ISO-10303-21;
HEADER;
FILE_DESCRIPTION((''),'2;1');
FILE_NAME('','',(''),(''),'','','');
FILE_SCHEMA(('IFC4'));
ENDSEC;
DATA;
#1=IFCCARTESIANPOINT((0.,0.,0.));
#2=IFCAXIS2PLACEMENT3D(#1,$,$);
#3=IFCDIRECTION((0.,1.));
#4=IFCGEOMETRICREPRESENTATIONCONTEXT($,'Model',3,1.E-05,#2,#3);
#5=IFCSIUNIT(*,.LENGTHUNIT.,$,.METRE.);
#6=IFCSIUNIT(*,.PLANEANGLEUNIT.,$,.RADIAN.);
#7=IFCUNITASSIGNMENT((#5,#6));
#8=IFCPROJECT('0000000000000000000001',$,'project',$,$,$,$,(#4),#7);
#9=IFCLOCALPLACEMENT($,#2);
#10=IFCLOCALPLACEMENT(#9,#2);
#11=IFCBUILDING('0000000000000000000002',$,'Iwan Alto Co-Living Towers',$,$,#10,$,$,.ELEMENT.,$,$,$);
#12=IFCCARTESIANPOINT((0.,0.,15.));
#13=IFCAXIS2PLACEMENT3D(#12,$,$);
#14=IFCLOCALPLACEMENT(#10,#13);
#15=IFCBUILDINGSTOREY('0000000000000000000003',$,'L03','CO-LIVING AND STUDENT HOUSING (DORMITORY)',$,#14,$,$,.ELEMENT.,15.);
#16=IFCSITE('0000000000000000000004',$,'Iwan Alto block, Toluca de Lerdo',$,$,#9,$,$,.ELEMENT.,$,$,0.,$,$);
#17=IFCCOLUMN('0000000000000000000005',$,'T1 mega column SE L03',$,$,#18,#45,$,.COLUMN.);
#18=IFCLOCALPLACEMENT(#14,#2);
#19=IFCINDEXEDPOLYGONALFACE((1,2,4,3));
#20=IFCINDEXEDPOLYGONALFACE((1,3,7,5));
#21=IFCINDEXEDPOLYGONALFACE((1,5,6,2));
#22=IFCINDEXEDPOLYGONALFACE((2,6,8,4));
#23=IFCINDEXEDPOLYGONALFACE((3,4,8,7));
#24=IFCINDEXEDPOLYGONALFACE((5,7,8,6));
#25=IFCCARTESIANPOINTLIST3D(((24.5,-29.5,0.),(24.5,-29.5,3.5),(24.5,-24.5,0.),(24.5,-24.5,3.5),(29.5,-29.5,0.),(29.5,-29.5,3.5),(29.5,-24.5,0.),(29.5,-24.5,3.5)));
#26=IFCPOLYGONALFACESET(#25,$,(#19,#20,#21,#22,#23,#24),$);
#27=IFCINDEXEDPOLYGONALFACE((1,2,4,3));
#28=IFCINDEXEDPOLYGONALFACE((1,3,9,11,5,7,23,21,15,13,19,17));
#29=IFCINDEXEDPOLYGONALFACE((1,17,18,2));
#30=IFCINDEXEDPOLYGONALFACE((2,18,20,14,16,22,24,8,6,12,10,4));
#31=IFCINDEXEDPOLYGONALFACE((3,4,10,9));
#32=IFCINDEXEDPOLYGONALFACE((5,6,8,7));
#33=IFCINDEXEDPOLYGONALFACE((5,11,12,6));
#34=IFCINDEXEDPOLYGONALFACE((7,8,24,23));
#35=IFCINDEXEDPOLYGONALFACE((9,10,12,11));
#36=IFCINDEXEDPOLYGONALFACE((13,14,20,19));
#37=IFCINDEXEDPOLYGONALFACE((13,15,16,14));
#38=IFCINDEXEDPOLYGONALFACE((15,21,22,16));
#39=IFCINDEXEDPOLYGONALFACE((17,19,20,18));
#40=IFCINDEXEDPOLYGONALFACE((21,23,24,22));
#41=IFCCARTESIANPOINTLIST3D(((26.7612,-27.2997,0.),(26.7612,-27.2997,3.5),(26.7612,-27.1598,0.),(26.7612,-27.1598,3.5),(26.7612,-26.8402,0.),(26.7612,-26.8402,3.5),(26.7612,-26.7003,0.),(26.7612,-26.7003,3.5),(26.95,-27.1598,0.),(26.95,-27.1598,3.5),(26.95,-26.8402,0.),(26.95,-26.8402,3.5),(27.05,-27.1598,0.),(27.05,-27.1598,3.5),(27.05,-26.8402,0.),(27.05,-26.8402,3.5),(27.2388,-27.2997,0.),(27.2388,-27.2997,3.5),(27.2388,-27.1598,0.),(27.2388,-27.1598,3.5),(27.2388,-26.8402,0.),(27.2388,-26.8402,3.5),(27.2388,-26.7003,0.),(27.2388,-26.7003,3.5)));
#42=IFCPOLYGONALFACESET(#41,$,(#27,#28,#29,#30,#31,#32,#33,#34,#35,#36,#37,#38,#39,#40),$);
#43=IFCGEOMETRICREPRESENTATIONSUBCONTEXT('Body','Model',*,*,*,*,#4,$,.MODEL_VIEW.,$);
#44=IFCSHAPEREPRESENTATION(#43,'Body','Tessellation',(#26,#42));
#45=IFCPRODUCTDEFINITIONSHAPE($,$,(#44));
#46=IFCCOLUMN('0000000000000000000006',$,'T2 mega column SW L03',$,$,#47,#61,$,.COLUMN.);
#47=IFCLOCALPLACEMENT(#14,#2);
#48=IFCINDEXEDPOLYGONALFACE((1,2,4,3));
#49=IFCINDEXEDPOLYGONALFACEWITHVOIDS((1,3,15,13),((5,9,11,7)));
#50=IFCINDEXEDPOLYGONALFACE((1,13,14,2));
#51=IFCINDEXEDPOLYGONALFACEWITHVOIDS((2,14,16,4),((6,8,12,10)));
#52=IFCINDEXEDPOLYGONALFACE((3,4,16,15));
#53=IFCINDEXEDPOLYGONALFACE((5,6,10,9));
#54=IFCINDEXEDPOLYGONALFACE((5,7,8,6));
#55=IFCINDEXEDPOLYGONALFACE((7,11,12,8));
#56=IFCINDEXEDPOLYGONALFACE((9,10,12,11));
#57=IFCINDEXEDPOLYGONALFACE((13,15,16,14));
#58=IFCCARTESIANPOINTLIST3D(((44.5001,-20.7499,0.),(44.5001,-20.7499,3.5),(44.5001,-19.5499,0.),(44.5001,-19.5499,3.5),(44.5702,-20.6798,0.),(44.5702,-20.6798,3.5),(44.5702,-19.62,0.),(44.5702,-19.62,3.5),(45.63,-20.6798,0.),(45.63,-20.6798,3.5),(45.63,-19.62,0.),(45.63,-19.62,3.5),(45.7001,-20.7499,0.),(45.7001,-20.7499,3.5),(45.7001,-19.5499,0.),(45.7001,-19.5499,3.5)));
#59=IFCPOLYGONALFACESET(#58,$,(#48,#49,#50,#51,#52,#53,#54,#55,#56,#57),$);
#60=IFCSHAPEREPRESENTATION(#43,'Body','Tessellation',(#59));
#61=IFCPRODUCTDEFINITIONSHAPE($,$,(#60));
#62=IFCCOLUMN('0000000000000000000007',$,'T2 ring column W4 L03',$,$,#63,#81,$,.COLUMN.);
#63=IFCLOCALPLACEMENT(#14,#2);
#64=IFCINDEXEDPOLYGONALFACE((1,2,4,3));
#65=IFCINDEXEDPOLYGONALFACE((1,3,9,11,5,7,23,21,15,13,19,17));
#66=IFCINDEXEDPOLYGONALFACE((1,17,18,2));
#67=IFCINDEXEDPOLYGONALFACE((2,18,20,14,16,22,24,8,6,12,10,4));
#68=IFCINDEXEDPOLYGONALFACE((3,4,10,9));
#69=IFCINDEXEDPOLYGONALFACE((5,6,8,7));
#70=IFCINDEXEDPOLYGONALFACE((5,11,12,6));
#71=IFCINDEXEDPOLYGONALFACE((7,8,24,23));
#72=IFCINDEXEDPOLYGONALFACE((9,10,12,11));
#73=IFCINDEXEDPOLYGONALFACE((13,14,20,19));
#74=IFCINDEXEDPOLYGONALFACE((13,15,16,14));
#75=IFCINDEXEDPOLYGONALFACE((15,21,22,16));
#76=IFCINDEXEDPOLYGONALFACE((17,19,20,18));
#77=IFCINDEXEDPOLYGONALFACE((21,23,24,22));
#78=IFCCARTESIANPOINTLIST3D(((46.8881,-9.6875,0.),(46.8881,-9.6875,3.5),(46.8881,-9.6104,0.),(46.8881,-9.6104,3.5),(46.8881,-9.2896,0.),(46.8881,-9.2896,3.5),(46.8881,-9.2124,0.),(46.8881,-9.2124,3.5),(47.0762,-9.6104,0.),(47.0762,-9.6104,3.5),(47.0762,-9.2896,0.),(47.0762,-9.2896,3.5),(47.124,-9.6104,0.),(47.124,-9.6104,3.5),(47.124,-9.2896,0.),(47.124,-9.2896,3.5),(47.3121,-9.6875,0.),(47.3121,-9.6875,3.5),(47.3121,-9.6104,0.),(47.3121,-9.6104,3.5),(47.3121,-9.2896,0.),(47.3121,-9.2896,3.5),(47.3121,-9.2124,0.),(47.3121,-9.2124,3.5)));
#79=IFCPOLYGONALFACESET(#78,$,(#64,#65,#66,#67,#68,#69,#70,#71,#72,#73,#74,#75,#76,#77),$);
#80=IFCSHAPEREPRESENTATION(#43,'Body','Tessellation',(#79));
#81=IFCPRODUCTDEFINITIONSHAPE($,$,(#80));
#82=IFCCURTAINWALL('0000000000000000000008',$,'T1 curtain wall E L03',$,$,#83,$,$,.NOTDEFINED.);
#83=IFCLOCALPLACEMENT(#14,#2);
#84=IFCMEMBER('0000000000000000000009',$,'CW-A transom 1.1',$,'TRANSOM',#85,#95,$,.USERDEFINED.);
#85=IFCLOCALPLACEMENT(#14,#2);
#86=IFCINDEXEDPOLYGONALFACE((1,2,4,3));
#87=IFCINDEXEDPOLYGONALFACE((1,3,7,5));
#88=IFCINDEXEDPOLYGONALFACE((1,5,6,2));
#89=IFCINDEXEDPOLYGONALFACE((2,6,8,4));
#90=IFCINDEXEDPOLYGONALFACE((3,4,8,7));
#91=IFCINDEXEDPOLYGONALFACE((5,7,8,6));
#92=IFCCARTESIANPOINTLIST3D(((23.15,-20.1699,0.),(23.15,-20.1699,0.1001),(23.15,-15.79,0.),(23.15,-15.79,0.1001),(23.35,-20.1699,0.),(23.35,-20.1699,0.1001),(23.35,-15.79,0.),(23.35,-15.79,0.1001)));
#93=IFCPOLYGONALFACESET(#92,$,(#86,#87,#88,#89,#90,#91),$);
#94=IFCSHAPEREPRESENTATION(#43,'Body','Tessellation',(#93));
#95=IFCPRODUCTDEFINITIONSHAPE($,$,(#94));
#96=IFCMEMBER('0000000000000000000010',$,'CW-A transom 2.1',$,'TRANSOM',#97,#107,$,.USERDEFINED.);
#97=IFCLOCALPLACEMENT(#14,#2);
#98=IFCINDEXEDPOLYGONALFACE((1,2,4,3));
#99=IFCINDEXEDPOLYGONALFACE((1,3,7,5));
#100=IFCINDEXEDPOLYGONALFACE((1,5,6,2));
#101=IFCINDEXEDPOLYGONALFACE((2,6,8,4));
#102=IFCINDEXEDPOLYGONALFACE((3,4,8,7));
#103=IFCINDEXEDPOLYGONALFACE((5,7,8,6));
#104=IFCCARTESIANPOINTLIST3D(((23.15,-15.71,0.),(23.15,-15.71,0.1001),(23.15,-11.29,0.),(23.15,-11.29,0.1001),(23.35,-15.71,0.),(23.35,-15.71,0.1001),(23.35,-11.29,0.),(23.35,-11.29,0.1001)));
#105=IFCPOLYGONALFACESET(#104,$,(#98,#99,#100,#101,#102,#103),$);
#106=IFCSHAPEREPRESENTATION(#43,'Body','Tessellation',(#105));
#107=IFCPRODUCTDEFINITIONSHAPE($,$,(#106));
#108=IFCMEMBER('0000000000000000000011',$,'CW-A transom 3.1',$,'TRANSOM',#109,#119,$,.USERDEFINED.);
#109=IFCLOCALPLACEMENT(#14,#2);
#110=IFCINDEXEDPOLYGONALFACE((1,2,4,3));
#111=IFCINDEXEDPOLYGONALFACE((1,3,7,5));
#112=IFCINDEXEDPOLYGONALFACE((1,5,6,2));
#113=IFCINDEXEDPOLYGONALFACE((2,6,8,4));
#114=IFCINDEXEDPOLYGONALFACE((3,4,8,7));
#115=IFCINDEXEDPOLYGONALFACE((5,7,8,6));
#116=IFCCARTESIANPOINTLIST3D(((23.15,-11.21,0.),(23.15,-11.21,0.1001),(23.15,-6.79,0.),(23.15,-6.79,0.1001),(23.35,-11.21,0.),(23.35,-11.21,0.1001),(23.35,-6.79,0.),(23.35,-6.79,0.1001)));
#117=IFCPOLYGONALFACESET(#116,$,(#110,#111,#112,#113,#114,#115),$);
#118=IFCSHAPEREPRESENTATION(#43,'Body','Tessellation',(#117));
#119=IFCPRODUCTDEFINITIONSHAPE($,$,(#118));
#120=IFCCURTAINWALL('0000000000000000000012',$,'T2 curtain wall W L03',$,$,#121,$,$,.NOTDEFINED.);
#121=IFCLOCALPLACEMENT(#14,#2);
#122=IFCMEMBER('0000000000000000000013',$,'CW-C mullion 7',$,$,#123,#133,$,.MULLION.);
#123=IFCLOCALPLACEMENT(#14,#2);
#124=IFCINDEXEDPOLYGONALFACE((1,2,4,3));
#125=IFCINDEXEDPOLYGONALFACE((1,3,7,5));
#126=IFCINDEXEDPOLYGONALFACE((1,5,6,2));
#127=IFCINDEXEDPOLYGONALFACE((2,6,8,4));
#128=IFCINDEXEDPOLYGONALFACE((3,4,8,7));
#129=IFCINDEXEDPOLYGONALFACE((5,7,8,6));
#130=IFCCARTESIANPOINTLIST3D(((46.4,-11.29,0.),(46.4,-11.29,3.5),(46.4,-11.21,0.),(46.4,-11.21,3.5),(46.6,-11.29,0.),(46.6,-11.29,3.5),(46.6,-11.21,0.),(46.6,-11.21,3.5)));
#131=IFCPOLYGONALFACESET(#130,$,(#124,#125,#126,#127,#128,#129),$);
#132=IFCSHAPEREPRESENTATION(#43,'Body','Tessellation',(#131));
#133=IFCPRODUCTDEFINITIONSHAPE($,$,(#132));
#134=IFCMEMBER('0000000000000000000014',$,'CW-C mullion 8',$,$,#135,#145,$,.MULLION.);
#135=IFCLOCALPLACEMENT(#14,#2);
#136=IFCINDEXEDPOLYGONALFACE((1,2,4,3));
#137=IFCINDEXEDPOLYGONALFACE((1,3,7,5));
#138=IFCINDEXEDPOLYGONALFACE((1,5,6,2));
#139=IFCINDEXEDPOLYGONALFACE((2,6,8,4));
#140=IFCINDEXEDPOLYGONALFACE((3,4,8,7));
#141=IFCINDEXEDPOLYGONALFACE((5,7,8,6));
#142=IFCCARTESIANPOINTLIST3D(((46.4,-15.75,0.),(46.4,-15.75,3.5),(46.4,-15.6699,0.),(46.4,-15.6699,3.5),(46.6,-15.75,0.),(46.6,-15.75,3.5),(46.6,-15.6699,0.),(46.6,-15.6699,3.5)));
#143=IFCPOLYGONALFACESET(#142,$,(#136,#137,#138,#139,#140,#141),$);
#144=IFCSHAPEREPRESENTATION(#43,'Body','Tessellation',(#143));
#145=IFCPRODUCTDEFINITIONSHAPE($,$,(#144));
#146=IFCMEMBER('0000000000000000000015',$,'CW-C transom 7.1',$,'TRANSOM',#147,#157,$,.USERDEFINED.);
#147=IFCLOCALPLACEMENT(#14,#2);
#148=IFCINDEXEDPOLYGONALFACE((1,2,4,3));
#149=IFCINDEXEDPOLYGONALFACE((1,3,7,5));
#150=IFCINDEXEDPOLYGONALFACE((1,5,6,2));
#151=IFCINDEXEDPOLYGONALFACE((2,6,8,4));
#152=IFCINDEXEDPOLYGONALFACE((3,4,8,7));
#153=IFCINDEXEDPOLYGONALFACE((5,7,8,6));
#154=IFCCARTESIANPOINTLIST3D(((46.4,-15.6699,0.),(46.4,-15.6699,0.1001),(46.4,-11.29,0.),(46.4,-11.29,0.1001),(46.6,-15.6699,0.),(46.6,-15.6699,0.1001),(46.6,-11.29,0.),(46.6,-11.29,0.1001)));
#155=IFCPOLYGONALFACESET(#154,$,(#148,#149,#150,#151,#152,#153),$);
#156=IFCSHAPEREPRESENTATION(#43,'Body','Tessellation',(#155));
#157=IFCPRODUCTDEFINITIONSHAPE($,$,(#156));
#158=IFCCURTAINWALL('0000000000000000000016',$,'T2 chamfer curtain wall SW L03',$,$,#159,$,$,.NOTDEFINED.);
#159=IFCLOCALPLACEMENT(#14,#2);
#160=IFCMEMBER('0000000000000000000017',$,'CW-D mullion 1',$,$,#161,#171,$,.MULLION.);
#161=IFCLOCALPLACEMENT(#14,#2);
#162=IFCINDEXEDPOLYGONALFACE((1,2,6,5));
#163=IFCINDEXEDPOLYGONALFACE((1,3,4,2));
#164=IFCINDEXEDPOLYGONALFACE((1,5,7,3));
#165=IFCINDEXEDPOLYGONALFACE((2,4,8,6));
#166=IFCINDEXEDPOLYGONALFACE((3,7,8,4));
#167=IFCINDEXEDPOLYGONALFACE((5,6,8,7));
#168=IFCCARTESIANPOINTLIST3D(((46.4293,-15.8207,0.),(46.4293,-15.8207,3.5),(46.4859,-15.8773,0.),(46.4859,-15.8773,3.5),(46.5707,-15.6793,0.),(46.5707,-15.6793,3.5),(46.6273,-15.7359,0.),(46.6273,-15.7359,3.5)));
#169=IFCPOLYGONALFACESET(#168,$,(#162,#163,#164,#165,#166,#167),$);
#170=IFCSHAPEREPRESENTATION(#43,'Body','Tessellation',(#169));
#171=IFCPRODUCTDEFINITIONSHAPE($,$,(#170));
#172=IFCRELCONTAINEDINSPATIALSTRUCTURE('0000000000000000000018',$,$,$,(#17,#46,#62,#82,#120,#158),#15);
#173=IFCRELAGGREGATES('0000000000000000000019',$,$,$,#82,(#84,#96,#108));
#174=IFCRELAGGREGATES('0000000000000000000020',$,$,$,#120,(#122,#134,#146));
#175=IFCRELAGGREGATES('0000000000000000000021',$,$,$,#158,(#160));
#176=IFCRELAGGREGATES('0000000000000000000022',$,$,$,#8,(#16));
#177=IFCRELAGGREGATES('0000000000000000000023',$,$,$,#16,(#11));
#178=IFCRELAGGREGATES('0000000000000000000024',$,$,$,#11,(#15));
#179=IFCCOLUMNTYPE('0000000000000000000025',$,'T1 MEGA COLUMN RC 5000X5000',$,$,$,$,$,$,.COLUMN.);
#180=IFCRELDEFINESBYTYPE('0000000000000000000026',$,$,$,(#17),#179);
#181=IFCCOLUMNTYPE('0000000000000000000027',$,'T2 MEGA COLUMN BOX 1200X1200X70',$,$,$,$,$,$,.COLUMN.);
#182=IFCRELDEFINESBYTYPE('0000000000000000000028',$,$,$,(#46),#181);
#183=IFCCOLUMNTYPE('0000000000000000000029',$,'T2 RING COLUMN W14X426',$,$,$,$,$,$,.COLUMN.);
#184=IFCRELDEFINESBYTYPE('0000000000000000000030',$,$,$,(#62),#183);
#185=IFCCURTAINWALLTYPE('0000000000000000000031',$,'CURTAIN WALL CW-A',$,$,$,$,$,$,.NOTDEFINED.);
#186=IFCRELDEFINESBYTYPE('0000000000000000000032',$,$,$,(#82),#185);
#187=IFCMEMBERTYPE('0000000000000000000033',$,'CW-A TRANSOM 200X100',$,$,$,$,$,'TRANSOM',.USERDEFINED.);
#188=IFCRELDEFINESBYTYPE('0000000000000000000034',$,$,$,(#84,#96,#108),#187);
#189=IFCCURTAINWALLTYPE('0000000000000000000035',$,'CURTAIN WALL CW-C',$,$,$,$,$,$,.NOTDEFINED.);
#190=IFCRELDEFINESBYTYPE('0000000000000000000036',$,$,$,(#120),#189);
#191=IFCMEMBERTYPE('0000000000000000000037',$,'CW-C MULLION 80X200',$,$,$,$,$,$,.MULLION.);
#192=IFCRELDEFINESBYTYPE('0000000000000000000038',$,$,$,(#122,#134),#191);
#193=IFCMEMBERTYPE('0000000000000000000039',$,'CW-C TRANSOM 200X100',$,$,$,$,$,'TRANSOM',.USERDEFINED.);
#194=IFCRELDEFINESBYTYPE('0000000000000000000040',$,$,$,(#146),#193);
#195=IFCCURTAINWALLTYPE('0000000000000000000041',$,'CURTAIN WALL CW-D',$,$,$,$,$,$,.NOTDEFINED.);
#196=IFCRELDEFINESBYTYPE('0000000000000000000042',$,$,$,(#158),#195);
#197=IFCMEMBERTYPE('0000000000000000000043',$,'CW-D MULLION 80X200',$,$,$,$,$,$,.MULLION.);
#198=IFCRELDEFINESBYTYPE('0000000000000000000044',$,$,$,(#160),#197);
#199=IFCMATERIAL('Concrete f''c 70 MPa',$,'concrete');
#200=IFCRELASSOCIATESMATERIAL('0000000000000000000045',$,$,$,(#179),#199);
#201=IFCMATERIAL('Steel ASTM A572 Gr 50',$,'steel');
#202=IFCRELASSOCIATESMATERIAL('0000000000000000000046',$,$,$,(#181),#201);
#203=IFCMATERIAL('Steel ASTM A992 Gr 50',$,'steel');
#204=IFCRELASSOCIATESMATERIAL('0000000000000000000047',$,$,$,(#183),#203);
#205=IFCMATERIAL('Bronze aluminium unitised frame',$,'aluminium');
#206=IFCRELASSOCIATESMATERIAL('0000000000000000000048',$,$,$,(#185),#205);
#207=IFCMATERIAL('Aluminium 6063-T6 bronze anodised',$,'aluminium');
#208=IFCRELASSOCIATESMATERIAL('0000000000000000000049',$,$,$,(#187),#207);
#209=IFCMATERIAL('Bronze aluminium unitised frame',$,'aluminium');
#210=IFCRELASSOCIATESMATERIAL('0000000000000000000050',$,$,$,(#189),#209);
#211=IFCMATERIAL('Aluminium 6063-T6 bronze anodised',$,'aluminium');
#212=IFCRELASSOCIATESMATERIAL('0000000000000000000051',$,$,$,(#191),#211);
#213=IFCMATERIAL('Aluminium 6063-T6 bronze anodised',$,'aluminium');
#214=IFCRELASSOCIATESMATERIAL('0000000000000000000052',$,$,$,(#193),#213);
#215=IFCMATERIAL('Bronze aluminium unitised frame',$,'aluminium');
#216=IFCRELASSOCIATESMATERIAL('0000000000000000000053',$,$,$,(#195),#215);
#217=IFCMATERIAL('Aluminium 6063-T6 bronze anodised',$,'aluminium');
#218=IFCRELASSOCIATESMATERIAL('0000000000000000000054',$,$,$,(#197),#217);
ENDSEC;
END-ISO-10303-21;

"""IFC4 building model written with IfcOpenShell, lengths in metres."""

from ifc_helpers import new_model, si_unit, direction, frame, origin, origin_2d, place, context, subcontext, project, spatial, rectangle, hollow_rectangle, i_section, extrude, material, material_profile, profile_set, type_object, element, aggregate, save


model = new_model("IFC4")

# Units and contexts
model_context = context("Model", 3, precision=1e-05, world=origin(), true_north=direction((0.0, 1.0)))
body_context = subcontext(model_context, "Body", "Model", "MODEL_VIEW")
ifc_project = project(units=[si_unit("LENGTHUNIT", "METRE"), si_unit("PLANEANGLEUNIT", "RADIAN")], contexts=[model_context])

# Site, building, storey
site_placement = place(None, origin())
site = spatial("IfcSite", under=ifc_project, at=site_placement, Name="Iwan Alto block, Toluca de Lerdo", CompositionType="ELEMENT", RefElevation=0.0)
building_placement = place(site_placement, origin())
building = spatial("IfcBuilding", under=site, at=building_placement, Name="Iwan Alto Co-Living Towers", CompositionType="ELEMENT")
storey_placement = place(building_placement, frame((0.0, 0.0, 15.0)))
storey = spatial("IfcBuildingStorey", under=building, at=storey_placement, Name="L03", Description="CO-LIVING AND STUDENT HOUSING (DORMITORY)", CompositionType="ELEMENT", Elevation=15.0)

# Columns
ifc_material_1 = material(Name="Concrete f'c 70 MPa", Category="concrete")
ifc_material_profile_1 = material_profile(ifc_material_1, rectangle(XDim=5.0, YDim=5.0, at=origin_2d()), Name="RC 5000X5000")
ifc_profile_set_1 = profile_set([ifc_material_profile_1], Name="Concrete f'c 70 MPa")
column_type_1 = type_object("IfcColumnType", Name="T1 MEGA COLUMN RC 5000X5000", PredefinedType="COLUMN", material=ifc_profile_set_1)
column_1_placement = place(storey_placement, frame((27.0, -27.0, 0.0), z_axis=(0.0, 0.0, 1.0), x_axis=(1.0, 0.0, 0.0)))
element("IfcColumn", 1, at=column_1_placement, inside=storey, type_object=column_type_1, Name="T1 mega column SE L03", PredefinedType="COLUMN", context=body_context, shape_type="SweptSolid", body=[
    extrude(rectangle(XDim=5.0, YDim=5.0, at=origin_2d()), origin(), (0.0, 0.0, 1.0), 3.5),
    extrude(i_section(OverallWidth=0.4775, OverallDepth=0.5994, WebThickness=0.1001, FlangeThickness=0.1399, at=origin_2d()), origin(), (0.0, 0.0, 1.0), 3.5),
])
ifc_material_2 = material(Name="Steel ASTM A572 Gr 50", Category="steel")
ifc_material_profile_2 = material_profile(ifc_material_2, hollow_rectangle(XDim=1.2, YDim=1.2, WallThickness=0.0701, at=origin_2d()), Name="BOX 1200X1200X70")
ifc_profile_set_2 = profile_set([ifc_material_profile_2], Name="Steel ASTM A572 Gr 50")
column_type_2 = type_object("IfcColumnType", Name="T2 MEGA COLUMN BOX 1200X1200X70", PredefinedType="COLUMN", material=ifc_profile_set_2)
column_2_placement = place(storey_placement, frame((45.1001, -20.1499, 0.0), z_axis=(0.0, 0.0, 1.0), x_axis=(1.0, 0.0, 0.0)))
element("IfcColumn", 2, at=column_2_placement, inside=storey, type_object=column_type_2, Name="T2 mega column SW L03", PredefinedType="COLUMN", context=body_context, shape_type="SweptSolid", body=[
    extrude(hollow_rectangle(XDim=1.2, YDim=1.2, WallThickness=0.0701, at=origin_2d()), origin(), (0.0, 0.0, 1.0), 3.5),
])
ifc_material_3 = material(Name="Steel ASTM A992 Gr 50", Category="steel")
ifc_material_profile_3 = material_profile(ifc_material_3, i_section(OverallWidth=0.4241, OverallDepth=0.4751, WebThickness=0.0479, FlangeThickness=0.0771, at=origin_2d()), Name="W14X426")
ifc_profile_set_3 = profile_set([ifc_material_profile_3], Name="Steel ASTM A992 Gr 50")
column_type_3 = type_object("IfcColumnType", Name="T2 RING COLUMN W14X426", PredefinedType="COLUMN", material=ifc_profile_set_3)
column_3_placement = place(storey_placement, frame((47.1001, -9.45, 0.0), z_axis=(0.0, 0.0, 1.0), x_axis=(1.0, 0.0, 0.0)))
element("IfcColumn", 3, at=column_3_placement, inside=storey, type_object=column_type_3, Name="T2 ring column W4 L03", PredefinedType="COLUMN", context=body_context, shape_type="SweptSolid", body=[
    extrude(i_section(OverallWidth=0.4241, OverallDepth=0.4751, WebThickness=0.0479, FlangeThickness=0.0771, at=origin_2d()), origin(), (0.0, 0.0, 1.0), 3.5),
])

# Curtain walls, members
ifc_material_4 = material(Name="Bronze aluminium unitised frame", Category="aluminium")
curtain_wall_type_1 = type_object("IfcCurtainWallType", Name="CURTAIN WALL CW-A", PredefinedType="NOTDEFINED", material=ifc_material_4)
curtain_wall_1_placement = place(storey_placement, origin())
curtain_wall_1 = element("IfcCurtainWall", 4, at=curtain_wall_1_placement, inside=storey, type_object=curtain_wall_type_1, Name="T1 curtain wall E L03", PredefinedType="NOTDEFINED")
ifc_material_5 = material(Name="Aluminium 6063-T6 bronze anodised", Category="aluminium")
ifc_material_profile_4 = material_profile(ifc_material_5, rectangle(XDim=0.2, YDim=0.1001, at=origin_2d()), Name="AL 200X100")
ifc_profile_set_4 = profile_set([ifc_material_profile_4], Name="Aluminium 6063-T6 bronze anodised")
member_type_1 = type_object("IfcMemberType", Name="CW-A TRANSOM 200X100", ElementType="TRANSOM", PredefinedType="USERDEFINED", material=ifc_profile_set_4)
member_1_placement = place(storey_placement, frame((23.25, -20.1699, 0.05), z_axis=(0.0, 1.0, 0.0), x_axis=(-1.0, 0.0, 0.0)))
member_1 = element("IfcMember", 5, at=member_1_placement, type_object=member_type_1, Name="CW-A transom 1.1", ObjectType="TRANSOM", PredefinedType="USERDEFINED", context=body_context, shape_type="SweptSolid", body=[
    extrude(rectangle(XDim=0.2, YDim=0.1001, at=origin_2d()), origin(), (0.0, 0.0, 1.0), 4.3799),
])
member_2_placement = place(storey_placement, frame((23.25, -15.71, 0.05), z_axis=(0.0, 1.0, 0.0), x_axis=(-1.0, 0.0, 0.0)))
member_2 = element("IfcMember", 6, at=member_2_placement, type_object=member_type_1, Name="CW-A transom 2.1", ObjectType="TRANSOM", PredefinedType="USERDEFINED", context=body_context, shape_type="SweptSolid", body=[
    extrude(rectangle(XDim=0.2, YDim=0.1001, at=origin_2d()), origin(), (0.0, 0.0, 1.0), 4.4199),
])
member_3_placement = place(storey_placement, frame((23.25, -11.21, 0.05), z_axis=(0.0, 1.0, 0.0), x_axis=(-1.0, 0.0, 0.0)))
member_3 = element("IfcMember", 7, at=member_3_placement, type_object=member_type_1, Name="CW-A transom 3.1", ObjectType="TRANSOM", PredefinedType="USERDEFINED", context=body_context, shape_type="SweptSolid", body=[
    extrude(rectangle(XDim=0.2, YDim=0.1001, at=origin_2d()), origin(), (0.0, 0.0, 1.0), 4.4199),
])
ifc_material_6 = material(Name="Bronze aluminium unitised frame", Category="aluminium")
curtain_wall_type_2 = type_object("IfcCurtainWallType", Name="CURTAIN WALL CW-C", PredefinedType="NOTDEFINED", material=ifc_material_6)
curtain_wall_2_placement = place(storey_placement, origin())
curtain_wall_2 = element("IfcCurtainWall", 8, at=curtain_wall_2_placement, inside=storey, type_object=curtain_wall_type_2, Name="T2 curtain wall W L03", PredefinedType="NOTDEFINED")
ifc_material_7 = material(Name="Aluminium 6063-T6 bronze anodised", Category="aluminium")
ifc_material_profile_5 = material_profile(ifc_material_7, rectangle(XDim=0.2, YDim=0.0801, at=origin_2d()), Name="AL 80X200")
ifc_profile_set_5 = profile_set([ifc_material_profile_5], Name="Aluminium 6063-T6 bronze anodised")
member_type_2 = type_object("IfcMemberType", Name="CW-C MULLION 80X200", PredefinedType="MULLION", material=ifc_profile_set_5)
member_4_placement = place(storey_placement, frame((46.5, -11.25, 0.0), z_axis=(0.0, 0.0, 1.0), x_axis=(1.0, 0.0, 0.0)))
member_4 = element("IfcMember", 9, at=member_4_placement, type_object=member_type_2, Name="CW-C mullion 7", PredefinedType="MULLION", context=body_context, shape_type="SweptSolid", body=[
    extrude(rectangle(XDim=0.2, YDim=0.0801, at=origin_2d()), origin(), (0.0, 0.0, 1.0), 3.5),
])
member_5_placement = place(storey_placement, frame((46.5, -15.71, 0.0), z_axis=(0.0, 0.0, 1.0), x_axis=(1.0, 0.0, 0.0)))
member_5 = element("IfcMember", 10, at=member_5_placement, type_object=member_type_2, Name="CW-C mullion 8", PredefinedType="MULLION", context=body_context, shape_type="SweptSolid", body=[
    extrude(rectangle(XDim=0.2, YDim=0.0801, at=origin_2d()), origin(), (0.0, 0.0, 1.0), 3.5),
])
ifc_material_8 = material(Name="Aluminium 6063-T6 bronze anodised", Category="aluminium")
ifc_material_profile_6 = material_profile(ifc_material_8, rectangle(XDim=0.2, YDim=0.1001, at=origin_2d()), Name="AL 200X100")
ifc_profile_set_6 = profile_set([ifc_material_profile_6], Name="Aluminium 6063-T6 bronze anodised")
member_type_3 = type_object("IfcMemberType", Name="CW-C TRANSOM 200X100", ElementType="TRANSOM", PredefinedType="USERDEFINED", material=ifc_profile_set_6)
member_6_placement = place(storey_placement, frame((46.5, -11.29, 0.05), z_axis=(0.0, -1.0, 0.0), x_axis=(1.0, 0.0, 0.0)))
member_6 = element("IfcMember", 11, at=member_6_placement, type_object=member_type_3, Name="CW-C transom 7.1", ObjectType="TRANSOM", PredefinedType="USERDEFINED", context=body_context, shape_type="SweptSolid", body=[
    extrude(rectangle(XDim=0.2, YDim=0.1001, at=origin_2d()), origin(), (0.0, 0.0, 1.0), 4.3799),
])
ifc_material_9 = material(Name="Bronze aluminium unitised frame", Category="aluminium")
curtain_wall_type_3 = type_object("IfcCurtainWallType", Name="CURTAIN WALL CW-D", PredefinedType="NOTDEFINED", material=ifc_material_9)
curtain_wall_3_placement = place(storey_placement, origin())
curtain_wall_3 = element("IfcCurtainWall", 12, at=curtain_wall_3_placement, inside=storey, type_object=curtain_wall_type_3, Name="T2 chamfer curtain wall SW L03", PredefinedType="NOTDEFINED")
ifc_material_10 = material(Name="Aluminium 6063-T6 bronze anodised", Category="aluminium")
ifc_material_profile_7 = material_profile(ifc_material_10, rectangle(XDim=0.2, YDim=0.0801, at=origin_2d()), Name="AL 80X200")
ifc_profile_set_7 = profile_set([ifc_material_profile_7], Name="Aluminium 6063-T6 bronze anodised")
member_type_4 = type_object("IfcMemberType", Name="CW-D MULLION 80X200", PredefinedType="MULLION", material=ifc_profile_set_7)
member_7_placement = place(storey_placement, frame((46.5283, -15.7783, 0.0), z_axis=(0.0, 0.0, 1.0), x_axis=(0.707107, 0.707107, 0.0)))
member_7 = element("IfcMember", 13, at=member_7_placement, type_object=member_type_4, Name="CW-D mullion 1", PredefinedType="MULLION", context=body_context, shape_type="SweptSolid", body=[
    extrude(rectangle(XDim=0.2, YDim=0.0801, at=origin_2d()), origin(), (0.0, 0.0, 1.0), 3.5),
])

aggregate(curtain_wall_1, [member_1, member_2, member_3])
aggregate(curtain_wall_2, [member_4, member_5, member_6])
aggregate(curtain_wall_3, [member_7])

save(model, "model.ifc")
